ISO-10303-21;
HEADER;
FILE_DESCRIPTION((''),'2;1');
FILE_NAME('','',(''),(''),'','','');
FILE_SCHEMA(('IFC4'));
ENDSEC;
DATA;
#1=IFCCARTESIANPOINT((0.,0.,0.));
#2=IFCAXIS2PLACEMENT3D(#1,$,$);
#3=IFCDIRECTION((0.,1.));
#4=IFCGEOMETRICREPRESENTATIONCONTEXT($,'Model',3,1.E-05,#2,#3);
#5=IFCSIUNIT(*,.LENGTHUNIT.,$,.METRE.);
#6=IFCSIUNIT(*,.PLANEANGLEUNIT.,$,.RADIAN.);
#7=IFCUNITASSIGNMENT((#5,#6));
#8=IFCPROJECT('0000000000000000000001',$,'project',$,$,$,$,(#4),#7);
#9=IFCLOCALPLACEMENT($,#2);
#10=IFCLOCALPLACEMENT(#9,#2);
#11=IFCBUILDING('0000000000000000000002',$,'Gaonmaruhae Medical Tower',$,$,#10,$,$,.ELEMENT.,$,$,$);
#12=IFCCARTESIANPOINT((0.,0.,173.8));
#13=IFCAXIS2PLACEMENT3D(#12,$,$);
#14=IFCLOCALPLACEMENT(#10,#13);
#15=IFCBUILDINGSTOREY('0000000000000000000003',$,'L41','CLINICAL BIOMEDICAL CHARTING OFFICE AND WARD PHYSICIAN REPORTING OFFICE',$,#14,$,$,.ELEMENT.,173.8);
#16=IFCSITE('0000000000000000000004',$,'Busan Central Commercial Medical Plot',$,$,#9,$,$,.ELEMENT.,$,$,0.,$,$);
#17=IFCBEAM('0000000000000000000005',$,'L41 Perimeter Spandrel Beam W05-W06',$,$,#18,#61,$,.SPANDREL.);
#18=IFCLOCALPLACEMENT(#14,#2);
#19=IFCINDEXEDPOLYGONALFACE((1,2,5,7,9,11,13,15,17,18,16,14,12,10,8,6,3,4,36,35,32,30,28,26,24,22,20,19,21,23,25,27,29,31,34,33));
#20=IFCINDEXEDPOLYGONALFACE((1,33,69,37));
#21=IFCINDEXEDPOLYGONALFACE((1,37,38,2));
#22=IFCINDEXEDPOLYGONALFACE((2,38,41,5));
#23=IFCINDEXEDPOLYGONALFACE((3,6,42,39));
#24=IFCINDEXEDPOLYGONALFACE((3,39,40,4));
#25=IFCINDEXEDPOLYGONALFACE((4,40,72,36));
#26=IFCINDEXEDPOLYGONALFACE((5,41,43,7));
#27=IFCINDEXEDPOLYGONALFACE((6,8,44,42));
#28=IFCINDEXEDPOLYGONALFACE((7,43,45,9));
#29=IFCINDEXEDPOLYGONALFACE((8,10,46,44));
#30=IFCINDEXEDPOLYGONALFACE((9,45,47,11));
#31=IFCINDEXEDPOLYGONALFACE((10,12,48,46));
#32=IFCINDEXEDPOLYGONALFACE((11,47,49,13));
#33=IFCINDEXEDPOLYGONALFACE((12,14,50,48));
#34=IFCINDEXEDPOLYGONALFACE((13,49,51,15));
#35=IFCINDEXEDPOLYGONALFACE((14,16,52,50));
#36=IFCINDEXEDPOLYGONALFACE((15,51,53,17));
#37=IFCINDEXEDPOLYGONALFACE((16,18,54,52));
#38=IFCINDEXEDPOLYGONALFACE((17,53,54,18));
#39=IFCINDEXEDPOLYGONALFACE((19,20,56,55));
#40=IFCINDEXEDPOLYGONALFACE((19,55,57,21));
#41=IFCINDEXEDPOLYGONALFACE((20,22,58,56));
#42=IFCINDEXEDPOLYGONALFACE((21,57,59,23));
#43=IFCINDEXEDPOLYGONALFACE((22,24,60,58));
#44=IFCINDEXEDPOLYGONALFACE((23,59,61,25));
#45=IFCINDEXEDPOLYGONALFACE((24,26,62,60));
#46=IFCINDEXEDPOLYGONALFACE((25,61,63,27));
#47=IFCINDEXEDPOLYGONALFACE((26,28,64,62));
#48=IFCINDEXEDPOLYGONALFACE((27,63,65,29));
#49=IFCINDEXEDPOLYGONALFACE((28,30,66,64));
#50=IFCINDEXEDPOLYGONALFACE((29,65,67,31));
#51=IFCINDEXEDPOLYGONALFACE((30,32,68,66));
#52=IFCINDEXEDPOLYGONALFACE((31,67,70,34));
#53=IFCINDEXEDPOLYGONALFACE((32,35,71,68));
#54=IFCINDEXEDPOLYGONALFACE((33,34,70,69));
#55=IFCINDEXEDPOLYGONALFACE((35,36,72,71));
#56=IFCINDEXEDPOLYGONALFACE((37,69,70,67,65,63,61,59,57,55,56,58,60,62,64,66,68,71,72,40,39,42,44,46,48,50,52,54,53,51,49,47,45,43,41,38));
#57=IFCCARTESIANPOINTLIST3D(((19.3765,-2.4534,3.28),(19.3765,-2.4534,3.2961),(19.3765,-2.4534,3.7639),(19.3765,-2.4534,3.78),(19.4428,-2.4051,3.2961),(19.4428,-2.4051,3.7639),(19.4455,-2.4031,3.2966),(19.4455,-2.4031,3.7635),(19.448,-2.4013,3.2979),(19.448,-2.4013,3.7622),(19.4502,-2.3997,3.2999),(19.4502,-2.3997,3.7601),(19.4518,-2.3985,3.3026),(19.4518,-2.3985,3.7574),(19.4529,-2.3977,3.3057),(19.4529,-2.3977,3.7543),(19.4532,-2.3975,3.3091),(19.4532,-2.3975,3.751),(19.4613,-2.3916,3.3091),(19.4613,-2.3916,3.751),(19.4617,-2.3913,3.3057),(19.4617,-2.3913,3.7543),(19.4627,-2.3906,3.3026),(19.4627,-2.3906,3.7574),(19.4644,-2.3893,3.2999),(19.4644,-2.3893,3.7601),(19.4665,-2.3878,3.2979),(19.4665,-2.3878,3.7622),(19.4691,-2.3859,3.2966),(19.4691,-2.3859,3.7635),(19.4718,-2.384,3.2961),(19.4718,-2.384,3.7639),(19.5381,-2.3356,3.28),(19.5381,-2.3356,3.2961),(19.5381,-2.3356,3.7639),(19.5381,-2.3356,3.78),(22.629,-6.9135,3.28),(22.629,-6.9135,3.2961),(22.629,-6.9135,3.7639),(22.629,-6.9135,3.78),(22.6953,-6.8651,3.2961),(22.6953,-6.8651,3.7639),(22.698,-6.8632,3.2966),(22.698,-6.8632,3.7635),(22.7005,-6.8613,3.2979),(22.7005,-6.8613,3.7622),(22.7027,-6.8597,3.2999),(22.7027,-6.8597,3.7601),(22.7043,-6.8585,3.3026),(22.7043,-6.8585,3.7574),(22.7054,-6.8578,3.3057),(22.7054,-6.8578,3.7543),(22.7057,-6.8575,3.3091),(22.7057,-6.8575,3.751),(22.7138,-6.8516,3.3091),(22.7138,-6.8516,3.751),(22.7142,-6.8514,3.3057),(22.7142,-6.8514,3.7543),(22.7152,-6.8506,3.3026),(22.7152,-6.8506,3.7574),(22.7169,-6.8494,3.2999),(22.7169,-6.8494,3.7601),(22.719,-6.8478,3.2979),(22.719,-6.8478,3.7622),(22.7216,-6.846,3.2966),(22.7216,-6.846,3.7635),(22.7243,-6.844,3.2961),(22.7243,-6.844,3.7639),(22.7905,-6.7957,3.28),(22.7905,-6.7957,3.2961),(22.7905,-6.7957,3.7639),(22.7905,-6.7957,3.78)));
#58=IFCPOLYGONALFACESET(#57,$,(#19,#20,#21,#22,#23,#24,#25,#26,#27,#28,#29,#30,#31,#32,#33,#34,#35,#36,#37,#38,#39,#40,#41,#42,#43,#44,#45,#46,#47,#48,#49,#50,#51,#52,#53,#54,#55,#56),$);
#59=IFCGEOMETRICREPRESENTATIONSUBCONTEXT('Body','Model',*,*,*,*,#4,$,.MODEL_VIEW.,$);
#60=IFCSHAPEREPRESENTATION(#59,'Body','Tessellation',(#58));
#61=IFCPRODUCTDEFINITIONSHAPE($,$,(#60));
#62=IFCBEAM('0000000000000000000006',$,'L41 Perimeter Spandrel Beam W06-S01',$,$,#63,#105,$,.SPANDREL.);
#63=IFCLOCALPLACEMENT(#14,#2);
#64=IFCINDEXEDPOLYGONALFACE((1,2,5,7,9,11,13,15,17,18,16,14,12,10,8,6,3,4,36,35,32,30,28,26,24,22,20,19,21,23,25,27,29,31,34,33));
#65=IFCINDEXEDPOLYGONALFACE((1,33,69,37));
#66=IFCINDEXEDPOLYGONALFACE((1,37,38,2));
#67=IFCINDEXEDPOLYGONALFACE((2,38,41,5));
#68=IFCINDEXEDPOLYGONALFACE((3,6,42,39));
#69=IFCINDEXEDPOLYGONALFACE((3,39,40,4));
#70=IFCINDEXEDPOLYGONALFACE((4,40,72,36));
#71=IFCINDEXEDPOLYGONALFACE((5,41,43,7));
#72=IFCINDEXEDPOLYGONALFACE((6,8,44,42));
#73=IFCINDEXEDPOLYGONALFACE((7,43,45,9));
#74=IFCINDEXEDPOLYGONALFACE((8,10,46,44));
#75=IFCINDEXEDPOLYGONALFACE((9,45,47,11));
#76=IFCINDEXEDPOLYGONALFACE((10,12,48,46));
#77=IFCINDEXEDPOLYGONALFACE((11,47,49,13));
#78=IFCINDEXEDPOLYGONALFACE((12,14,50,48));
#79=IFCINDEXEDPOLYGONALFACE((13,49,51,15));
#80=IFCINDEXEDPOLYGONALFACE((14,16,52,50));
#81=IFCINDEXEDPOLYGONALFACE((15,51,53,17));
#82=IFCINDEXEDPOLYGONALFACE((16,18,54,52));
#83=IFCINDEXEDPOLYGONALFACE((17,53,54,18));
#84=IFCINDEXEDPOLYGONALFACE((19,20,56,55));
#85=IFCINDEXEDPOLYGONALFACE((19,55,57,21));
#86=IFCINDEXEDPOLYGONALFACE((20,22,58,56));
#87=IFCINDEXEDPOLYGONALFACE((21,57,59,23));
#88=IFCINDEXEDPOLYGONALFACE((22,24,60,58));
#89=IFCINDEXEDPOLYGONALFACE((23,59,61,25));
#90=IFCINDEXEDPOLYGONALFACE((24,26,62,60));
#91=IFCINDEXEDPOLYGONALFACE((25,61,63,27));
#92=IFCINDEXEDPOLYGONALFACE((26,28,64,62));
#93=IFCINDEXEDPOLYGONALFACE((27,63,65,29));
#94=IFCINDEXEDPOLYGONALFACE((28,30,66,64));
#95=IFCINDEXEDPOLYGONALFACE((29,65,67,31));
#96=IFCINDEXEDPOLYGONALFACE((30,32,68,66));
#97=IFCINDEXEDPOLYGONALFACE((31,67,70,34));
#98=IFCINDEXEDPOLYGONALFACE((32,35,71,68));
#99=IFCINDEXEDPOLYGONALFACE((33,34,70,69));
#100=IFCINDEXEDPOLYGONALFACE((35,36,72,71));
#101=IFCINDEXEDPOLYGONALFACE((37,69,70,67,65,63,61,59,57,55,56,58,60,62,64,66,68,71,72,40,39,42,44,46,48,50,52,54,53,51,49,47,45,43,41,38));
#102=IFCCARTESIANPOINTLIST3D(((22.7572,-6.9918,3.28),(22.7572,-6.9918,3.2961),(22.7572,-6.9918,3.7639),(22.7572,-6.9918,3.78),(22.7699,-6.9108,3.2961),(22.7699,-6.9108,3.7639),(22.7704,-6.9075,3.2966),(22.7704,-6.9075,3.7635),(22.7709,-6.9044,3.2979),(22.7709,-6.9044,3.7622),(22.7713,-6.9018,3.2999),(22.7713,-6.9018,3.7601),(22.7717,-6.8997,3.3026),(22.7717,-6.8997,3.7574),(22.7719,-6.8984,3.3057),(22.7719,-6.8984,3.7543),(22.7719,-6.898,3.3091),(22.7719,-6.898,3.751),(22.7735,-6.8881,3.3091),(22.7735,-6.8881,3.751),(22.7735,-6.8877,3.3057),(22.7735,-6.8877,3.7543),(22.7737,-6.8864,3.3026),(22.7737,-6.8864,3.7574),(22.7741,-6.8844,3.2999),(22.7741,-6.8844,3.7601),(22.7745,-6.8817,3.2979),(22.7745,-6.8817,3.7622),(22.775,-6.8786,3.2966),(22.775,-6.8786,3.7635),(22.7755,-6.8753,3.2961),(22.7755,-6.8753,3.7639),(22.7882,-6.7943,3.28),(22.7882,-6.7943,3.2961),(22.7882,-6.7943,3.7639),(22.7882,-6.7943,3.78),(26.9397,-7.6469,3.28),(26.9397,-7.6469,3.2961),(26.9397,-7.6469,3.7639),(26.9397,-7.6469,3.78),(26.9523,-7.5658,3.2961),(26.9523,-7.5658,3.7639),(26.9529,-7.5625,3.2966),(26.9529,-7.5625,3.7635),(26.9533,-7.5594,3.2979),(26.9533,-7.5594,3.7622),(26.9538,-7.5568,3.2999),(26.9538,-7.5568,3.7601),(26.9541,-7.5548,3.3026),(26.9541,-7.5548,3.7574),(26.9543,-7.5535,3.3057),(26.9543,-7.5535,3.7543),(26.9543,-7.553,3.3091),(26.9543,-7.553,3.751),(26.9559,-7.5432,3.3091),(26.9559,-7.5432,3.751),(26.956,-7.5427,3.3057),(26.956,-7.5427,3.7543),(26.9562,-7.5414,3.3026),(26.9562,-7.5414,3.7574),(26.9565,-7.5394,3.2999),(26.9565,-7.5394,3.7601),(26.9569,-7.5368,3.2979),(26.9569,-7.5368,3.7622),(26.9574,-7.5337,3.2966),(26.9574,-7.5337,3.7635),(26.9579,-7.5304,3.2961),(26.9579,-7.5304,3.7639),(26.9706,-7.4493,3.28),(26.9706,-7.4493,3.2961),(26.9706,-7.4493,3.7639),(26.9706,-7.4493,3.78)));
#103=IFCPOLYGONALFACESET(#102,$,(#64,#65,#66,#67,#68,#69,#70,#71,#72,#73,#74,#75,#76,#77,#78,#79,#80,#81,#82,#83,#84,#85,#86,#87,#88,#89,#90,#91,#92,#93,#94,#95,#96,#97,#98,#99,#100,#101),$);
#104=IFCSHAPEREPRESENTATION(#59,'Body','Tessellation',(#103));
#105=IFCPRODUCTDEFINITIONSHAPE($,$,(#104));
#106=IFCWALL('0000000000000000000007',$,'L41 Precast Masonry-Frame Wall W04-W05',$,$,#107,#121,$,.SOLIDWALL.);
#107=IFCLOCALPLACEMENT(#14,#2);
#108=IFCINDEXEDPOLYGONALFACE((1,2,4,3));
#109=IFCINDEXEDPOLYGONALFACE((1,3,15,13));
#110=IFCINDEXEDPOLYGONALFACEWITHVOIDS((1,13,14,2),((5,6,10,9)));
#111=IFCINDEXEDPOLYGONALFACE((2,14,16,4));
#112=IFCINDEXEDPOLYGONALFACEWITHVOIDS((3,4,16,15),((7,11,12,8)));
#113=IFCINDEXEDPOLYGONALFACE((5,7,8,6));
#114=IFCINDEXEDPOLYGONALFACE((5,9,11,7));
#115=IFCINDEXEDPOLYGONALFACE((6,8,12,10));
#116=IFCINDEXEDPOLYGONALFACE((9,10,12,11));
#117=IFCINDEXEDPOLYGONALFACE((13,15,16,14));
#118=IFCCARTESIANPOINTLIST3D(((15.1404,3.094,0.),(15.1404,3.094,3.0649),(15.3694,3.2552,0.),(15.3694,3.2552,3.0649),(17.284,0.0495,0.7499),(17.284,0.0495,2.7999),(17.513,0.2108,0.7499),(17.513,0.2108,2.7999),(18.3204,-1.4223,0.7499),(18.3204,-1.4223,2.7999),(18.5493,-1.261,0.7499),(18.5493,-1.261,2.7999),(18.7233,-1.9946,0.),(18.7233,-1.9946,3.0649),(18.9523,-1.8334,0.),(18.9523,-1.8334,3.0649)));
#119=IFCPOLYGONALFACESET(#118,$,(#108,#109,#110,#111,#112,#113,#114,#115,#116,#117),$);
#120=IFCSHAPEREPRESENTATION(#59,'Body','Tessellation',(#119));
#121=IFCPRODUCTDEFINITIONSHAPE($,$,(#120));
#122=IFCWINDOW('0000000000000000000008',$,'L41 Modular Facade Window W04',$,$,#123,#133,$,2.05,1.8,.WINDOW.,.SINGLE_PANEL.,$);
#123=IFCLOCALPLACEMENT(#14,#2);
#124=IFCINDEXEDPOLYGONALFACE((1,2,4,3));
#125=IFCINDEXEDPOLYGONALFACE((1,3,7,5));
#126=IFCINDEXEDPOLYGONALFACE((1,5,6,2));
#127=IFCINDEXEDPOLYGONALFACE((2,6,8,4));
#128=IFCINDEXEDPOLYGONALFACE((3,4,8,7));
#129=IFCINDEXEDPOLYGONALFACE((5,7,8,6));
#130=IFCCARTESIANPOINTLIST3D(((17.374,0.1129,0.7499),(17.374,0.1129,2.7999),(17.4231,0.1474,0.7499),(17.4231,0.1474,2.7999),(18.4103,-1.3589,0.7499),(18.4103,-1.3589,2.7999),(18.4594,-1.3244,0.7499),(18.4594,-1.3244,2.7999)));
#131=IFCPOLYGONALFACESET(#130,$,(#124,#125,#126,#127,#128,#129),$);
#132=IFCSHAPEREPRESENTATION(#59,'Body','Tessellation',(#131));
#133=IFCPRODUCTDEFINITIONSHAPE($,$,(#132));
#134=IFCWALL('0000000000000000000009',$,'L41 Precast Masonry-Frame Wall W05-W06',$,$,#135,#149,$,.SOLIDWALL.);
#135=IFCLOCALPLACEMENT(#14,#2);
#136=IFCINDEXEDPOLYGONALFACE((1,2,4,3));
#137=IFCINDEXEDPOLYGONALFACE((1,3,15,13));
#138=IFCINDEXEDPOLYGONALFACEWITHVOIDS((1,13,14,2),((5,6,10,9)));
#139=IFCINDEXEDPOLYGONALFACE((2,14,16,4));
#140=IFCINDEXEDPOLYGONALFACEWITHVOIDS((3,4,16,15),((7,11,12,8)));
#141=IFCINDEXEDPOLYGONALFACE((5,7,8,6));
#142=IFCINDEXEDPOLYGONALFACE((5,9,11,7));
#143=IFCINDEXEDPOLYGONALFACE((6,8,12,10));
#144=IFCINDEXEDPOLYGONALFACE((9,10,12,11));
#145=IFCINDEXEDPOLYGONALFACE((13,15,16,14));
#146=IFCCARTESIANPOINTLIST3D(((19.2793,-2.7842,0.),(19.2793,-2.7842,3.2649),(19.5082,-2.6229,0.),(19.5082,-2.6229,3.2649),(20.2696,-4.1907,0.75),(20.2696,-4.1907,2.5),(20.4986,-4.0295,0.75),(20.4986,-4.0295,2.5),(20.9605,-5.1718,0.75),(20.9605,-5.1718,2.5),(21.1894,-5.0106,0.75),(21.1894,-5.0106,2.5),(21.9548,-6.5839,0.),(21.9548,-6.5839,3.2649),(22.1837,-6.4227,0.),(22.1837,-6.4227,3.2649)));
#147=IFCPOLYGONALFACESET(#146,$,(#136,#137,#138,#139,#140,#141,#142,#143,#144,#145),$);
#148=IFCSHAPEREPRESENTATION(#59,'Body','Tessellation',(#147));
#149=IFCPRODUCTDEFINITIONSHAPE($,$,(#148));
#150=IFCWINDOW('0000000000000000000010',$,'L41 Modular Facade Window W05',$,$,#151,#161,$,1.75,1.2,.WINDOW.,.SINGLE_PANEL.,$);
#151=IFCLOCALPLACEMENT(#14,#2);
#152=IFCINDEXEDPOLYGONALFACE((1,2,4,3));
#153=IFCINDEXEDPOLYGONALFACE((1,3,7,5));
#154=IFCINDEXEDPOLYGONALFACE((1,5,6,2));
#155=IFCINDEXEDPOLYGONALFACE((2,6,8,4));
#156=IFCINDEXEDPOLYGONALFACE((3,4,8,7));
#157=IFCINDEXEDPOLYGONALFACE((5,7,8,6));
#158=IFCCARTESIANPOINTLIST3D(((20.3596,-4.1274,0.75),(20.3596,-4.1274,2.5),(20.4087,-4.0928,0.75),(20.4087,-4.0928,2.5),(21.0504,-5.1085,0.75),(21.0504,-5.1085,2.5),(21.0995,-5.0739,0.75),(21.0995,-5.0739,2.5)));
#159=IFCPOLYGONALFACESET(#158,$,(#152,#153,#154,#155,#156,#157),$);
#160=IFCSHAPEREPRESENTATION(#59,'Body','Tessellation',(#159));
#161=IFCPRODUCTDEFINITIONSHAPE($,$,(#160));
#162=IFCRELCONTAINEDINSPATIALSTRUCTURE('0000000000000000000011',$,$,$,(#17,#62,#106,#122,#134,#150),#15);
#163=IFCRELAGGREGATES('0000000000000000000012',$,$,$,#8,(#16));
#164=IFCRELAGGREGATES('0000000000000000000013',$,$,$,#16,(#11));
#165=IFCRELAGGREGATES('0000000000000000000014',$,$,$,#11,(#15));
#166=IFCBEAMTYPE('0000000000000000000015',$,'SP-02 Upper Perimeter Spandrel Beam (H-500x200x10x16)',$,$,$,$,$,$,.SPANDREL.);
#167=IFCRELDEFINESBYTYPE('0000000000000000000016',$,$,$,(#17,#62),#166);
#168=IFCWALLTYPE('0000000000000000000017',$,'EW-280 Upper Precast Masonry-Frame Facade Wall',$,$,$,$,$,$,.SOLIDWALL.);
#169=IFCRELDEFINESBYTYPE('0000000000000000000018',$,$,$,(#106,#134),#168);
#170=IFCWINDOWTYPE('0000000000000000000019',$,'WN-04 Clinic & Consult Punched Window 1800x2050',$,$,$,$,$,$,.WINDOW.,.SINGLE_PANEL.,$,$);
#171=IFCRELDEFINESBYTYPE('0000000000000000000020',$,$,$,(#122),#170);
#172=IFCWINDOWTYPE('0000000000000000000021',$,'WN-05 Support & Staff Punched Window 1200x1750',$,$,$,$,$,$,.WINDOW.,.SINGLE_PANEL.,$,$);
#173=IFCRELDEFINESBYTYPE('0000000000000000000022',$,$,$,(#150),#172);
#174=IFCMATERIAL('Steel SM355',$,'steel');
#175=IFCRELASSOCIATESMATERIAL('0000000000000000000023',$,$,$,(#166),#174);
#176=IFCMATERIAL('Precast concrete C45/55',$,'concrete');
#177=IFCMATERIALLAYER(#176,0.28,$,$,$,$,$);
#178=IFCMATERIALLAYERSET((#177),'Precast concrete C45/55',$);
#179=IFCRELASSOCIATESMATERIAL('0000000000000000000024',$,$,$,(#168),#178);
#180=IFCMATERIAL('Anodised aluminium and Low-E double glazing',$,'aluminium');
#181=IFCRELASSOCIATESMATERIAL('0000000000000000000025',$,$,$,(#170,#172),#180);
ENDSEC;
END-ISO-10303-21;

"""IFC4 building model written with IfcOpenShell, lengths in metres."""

from ifc_helpers import new_model, si_unit, direction, frame, frame_2d, origin, origin_2d, place, context, subcontext, project, spatial, rectangle, i_section, extrude, material, layer, layer_set, material_profile, profile_set, type_object, element, fill, save


model = new_model("IFC4")

# Units and contexts
model_context = context("Model", 3, precision=1e-05, world=origin(), true_north=direction((0.0, 1.0)))
body_context = subcontext(model_context, "Body", "Model", "MODEL_VIEW")
ifc_project = project(units=[si_unit("LENGTHUNIT", "METRE"), si_unit("PLANEANGLEUNIT", "RADIAN")], contexts=[model_context])

# Site, building, storey
site_placement = place(None, origin())
site = spatial("IfcSite", under=ifc_project, at=site_placement, Name="Busan Central Commercial Medical Plot", CompositionType="ELEMENT", RefElevation=0.0)
building_placement = place(site_placement, origin())
building = spatial("IfcBuilding", under=site, at=building_placement, Name="Gaonmaruhae Medical Tower", CompositionType="ELEMENT")
storey_placement = place(building_placement, frame((0.0, 0.0, 173.8)))
storey = spatial("IfcBuildingStorey", under=building, at=storey_placement, Name="L41", Description="CLINICAL BIOMEDICAL CHARTING OFFICE AND WARD PHYSICIAN REPORTING OFFICE", CompositionType="ELEMENT", Elevation=173.8)

# Beams
ifc_material_1 = material(Name="Steel SM355", Category="steel")
ifc_material_profile_1 = material_profile(ifc_material_1, i_section(OverallWidth=0.2, OverallDepth=0.5, WebThickness=0.01, FlangeThickness=0.0161, FilletRadius=0.0129, at=origin_2d()), Name="H-500x200x10x16")
ifc_profile_set_1 = profile_set([ifc_material_profile_1], Name="Steel SM355")
beam_type_1 = type_object("IfcBeamType", Name="SP-02 Upper Perimeter Spandrel Beam (H-500x200x10x16)", PredefinedType="SPANDREL", material=ifc_profile_set_1)
beam_1_placement = place(storey_placement, frame((19.4573, -2.3945, 3.53), z_axis=(0.589218, -0.807974, 0.0), x_axis=(0.807974, 0.589218, 0.0)))
element("IfcBeam", 1, at=beam_1_placement, inside=storey, type_object=beam_type_1, Name="L41 Perimeter Spandrel Beam W05-W06", PredefinedType="SPANDREL", context=body_context, shape_type="SweptSolid", body=[
    extrude(i_section(OverallWidth=0.2, OverallDepth=0.5, WebThickness=0.01, FlangeThickness=0.0161, FilletRadius=0.0129, at=origin_2d()), origin(), (0.0, 0.0, 1.0), 5.52),
])
beam_2_placement = place(storey_placement, frame((22.7727, -6.8931, 3.53), z_axis=(0.987957, -0.15473, 0.0), x_axis=(0.15473, 0.987957, 0.0)))
element("IfcBeam", 2, at=beam_2_placement, inside=storey, type_object=beam_type_1, Name="L41 Perimeter Spandrel Beam W06-S01", PredefinedType="SPANDREL", context=body_context, shape_type="SweptSolid", body=[
    extrude(i_section(OverallWidth=0.2, OverallDepth=0.5, WebThickness=0.01, FlangeThickness=0.0161, FilletRadius=0.0129, at=origin_2d()), origin(), (0.0, 0.0, 1.0), 4.2334),
])

# Walls, openings, windows
ifc_material_2 = material(Name="Precast concrete C45/55", Category="concrete")
ifc_layer_1 = layer(ifc_material_2, 0.28)
ifc_layer_set_1 = layer_set([ifc_layer_1], Name="Precast concrete C45/55")
wall_type_1 = type_object("IfcWallType", Name="EW-280 Upper Precast Masonry-Frame Facade Wall", PredefinedType="SOLIDWALL", material=ifc_layer_set_1)
wall_1_placement = place(storey_placement, frame((18.8379, -1.9141, 0.0), z_axis=(0.0, 0.0, 1.0), x_axis=(-0.575722, 0.817646, 0.0)))
wall_1 = element("IfcWall", 3, at=wall_1_placement, inside=storey, type_object=wall_type_1, Name="L41 Precast Masonry-Frame Wall W04-W05", PredefinedType="SOLIDWALL", context=body_context, shape_type="SweptSolid", body=[
    extrude(rectangle(XDim=6.2234, YDim=0.28, at=frame_2d((3.1118, 0.0))), origin(), (0.0, 0.0, 1.0), 3.0649),
])
opening_1_placement = place(wall_1_placement, frame((0.7002, 0.0, 0.75)))
opening_1 = element("IfcOpeningElement", 4, at=opening_1_placement, cuts=wall_1, PredefinedType="OPENING", context=body_context, shape_type="SweptSolid", body=[
    extrude(rectangle(XDim=1.8, YDim=2.05, at=frame_2d((0.8999, 1.0249))), frame((0.0, 0.1499, 0.0), z_axis=(0.0, -1.0, 0.0), x_axis=(1.0, 0.0, 0.0)), (0.0, 0.0, 1.0), 0.3),
])
ifc_material_3 = material(Name="Anodised aluminium and Low-E double glazing", Category="aluminium")
window_type_1 = type_object("IfcWindowType", Name="WN-04 Clinic & Consult Punched Window 1800x2050", PartitioningType="SINGLE_PANEL", PredefinedType="WINDOW", material=ifc_material_3)
window_1_placement = place(opening_1_placement, origin())
window_1 = element("IfcWindow", 5, at=window_1_placement, inside=storey, type_object=window_type_1, Name="L41 Modular Facade Window W04", OverallHeight=2.05, OverallWidth=1.8, PartitioningType="SINGLE_PANEL", PredefinedType="WINDOW", context=body_context, shape_type="SweptSolid", body=[
    extrude(rectangle(XDim=1.8, YDim=2.05, at=frame_2d((0.8999, 1.0249))), frame((0.0, 0.03, 0.0), z_axis=(0.0, -1.0, 0.0), x_axis=(1.0, 0.0, 0.0)), (0.0, 0.0, 1.0), 0.0601),
])
fill(opening_1, window_1)
wall_2_placement = place(storey_placement, frame((22.0693, -6.5034, 0.0), z_axis=(0.0, 0.0, 1.0), x_axis=(-0.575724, 0.817644, 0.0)))
wall_2 = element("IfcWall", 6, at=wall_2_placement, inside=storey, type_object=wall_type_1, Name="L41 Precast Masonry-Frame Wall W05-W06", PredefinedType="SOLIDWALL", context=body_context, shape_type="SweptSolid", body=[
    extrude(rectangle(XDim=4.6472, YDim=0.28, at=frame_2d((2.3237, 0.0))), origin(), (0.0, 0.0, 1.0), 3.2649),
])
opening_2_placement = place(wall_2_placement, frame((1.7271, 0.0, 0.75)))
opening_2 = element("IfcOpeningElement", 7, at=opening_2_placement, cuts=wall_2, PredefinedType="OPENING", context=body_context, shape_type="SweptSolid", body=[
    extrude(rectangle(XDim=1.2, YDim=1.75, at=frame_2d((0.6001, 0.875))), frame((0.0, 0.1499, 0.0), z_axis=(0.0, -1.0, 0.0), x_axis=(1.0, 0.0, 0.0)), (0.0, 0.0, 1.0), 0.3),
])
window_type_2 = type_object("IfcWindowType", Name="WN-05 Support & Staff Punched Window 1200x1750", PartitioningType="SINGLE_PANEL", PredefinedType="WINDOW", material=ifc_material_3)
window_2_placement = place(opening_2_placement, origin())
window_2 = element("IfcWindow", 8, at=window_2_placement, inside=storey, type_object=window_type_2, Name="L41 Modular Facade Window W05", OverallHeight=1.75, OverallWidth=1.2, PartitioningType="SINGLE_PANEL", PredefinedType="WINDOW", context=body_context, shape_type="SweptSolid", body=[
    extrude(rectangle(XDim=1.2, YDim=1.75, at=frame_2d((0.6001, 0.875))), frame((0.0, 0.03, 0.0), z_axis=(0.0, -1.0, 0.0), x_axis=(1.0, 0.0, 0.0)), (0.0, 0.0, 1.0), 0.0601),
])
fill(opening_2, window_2)

save(model, "model.ifc")
